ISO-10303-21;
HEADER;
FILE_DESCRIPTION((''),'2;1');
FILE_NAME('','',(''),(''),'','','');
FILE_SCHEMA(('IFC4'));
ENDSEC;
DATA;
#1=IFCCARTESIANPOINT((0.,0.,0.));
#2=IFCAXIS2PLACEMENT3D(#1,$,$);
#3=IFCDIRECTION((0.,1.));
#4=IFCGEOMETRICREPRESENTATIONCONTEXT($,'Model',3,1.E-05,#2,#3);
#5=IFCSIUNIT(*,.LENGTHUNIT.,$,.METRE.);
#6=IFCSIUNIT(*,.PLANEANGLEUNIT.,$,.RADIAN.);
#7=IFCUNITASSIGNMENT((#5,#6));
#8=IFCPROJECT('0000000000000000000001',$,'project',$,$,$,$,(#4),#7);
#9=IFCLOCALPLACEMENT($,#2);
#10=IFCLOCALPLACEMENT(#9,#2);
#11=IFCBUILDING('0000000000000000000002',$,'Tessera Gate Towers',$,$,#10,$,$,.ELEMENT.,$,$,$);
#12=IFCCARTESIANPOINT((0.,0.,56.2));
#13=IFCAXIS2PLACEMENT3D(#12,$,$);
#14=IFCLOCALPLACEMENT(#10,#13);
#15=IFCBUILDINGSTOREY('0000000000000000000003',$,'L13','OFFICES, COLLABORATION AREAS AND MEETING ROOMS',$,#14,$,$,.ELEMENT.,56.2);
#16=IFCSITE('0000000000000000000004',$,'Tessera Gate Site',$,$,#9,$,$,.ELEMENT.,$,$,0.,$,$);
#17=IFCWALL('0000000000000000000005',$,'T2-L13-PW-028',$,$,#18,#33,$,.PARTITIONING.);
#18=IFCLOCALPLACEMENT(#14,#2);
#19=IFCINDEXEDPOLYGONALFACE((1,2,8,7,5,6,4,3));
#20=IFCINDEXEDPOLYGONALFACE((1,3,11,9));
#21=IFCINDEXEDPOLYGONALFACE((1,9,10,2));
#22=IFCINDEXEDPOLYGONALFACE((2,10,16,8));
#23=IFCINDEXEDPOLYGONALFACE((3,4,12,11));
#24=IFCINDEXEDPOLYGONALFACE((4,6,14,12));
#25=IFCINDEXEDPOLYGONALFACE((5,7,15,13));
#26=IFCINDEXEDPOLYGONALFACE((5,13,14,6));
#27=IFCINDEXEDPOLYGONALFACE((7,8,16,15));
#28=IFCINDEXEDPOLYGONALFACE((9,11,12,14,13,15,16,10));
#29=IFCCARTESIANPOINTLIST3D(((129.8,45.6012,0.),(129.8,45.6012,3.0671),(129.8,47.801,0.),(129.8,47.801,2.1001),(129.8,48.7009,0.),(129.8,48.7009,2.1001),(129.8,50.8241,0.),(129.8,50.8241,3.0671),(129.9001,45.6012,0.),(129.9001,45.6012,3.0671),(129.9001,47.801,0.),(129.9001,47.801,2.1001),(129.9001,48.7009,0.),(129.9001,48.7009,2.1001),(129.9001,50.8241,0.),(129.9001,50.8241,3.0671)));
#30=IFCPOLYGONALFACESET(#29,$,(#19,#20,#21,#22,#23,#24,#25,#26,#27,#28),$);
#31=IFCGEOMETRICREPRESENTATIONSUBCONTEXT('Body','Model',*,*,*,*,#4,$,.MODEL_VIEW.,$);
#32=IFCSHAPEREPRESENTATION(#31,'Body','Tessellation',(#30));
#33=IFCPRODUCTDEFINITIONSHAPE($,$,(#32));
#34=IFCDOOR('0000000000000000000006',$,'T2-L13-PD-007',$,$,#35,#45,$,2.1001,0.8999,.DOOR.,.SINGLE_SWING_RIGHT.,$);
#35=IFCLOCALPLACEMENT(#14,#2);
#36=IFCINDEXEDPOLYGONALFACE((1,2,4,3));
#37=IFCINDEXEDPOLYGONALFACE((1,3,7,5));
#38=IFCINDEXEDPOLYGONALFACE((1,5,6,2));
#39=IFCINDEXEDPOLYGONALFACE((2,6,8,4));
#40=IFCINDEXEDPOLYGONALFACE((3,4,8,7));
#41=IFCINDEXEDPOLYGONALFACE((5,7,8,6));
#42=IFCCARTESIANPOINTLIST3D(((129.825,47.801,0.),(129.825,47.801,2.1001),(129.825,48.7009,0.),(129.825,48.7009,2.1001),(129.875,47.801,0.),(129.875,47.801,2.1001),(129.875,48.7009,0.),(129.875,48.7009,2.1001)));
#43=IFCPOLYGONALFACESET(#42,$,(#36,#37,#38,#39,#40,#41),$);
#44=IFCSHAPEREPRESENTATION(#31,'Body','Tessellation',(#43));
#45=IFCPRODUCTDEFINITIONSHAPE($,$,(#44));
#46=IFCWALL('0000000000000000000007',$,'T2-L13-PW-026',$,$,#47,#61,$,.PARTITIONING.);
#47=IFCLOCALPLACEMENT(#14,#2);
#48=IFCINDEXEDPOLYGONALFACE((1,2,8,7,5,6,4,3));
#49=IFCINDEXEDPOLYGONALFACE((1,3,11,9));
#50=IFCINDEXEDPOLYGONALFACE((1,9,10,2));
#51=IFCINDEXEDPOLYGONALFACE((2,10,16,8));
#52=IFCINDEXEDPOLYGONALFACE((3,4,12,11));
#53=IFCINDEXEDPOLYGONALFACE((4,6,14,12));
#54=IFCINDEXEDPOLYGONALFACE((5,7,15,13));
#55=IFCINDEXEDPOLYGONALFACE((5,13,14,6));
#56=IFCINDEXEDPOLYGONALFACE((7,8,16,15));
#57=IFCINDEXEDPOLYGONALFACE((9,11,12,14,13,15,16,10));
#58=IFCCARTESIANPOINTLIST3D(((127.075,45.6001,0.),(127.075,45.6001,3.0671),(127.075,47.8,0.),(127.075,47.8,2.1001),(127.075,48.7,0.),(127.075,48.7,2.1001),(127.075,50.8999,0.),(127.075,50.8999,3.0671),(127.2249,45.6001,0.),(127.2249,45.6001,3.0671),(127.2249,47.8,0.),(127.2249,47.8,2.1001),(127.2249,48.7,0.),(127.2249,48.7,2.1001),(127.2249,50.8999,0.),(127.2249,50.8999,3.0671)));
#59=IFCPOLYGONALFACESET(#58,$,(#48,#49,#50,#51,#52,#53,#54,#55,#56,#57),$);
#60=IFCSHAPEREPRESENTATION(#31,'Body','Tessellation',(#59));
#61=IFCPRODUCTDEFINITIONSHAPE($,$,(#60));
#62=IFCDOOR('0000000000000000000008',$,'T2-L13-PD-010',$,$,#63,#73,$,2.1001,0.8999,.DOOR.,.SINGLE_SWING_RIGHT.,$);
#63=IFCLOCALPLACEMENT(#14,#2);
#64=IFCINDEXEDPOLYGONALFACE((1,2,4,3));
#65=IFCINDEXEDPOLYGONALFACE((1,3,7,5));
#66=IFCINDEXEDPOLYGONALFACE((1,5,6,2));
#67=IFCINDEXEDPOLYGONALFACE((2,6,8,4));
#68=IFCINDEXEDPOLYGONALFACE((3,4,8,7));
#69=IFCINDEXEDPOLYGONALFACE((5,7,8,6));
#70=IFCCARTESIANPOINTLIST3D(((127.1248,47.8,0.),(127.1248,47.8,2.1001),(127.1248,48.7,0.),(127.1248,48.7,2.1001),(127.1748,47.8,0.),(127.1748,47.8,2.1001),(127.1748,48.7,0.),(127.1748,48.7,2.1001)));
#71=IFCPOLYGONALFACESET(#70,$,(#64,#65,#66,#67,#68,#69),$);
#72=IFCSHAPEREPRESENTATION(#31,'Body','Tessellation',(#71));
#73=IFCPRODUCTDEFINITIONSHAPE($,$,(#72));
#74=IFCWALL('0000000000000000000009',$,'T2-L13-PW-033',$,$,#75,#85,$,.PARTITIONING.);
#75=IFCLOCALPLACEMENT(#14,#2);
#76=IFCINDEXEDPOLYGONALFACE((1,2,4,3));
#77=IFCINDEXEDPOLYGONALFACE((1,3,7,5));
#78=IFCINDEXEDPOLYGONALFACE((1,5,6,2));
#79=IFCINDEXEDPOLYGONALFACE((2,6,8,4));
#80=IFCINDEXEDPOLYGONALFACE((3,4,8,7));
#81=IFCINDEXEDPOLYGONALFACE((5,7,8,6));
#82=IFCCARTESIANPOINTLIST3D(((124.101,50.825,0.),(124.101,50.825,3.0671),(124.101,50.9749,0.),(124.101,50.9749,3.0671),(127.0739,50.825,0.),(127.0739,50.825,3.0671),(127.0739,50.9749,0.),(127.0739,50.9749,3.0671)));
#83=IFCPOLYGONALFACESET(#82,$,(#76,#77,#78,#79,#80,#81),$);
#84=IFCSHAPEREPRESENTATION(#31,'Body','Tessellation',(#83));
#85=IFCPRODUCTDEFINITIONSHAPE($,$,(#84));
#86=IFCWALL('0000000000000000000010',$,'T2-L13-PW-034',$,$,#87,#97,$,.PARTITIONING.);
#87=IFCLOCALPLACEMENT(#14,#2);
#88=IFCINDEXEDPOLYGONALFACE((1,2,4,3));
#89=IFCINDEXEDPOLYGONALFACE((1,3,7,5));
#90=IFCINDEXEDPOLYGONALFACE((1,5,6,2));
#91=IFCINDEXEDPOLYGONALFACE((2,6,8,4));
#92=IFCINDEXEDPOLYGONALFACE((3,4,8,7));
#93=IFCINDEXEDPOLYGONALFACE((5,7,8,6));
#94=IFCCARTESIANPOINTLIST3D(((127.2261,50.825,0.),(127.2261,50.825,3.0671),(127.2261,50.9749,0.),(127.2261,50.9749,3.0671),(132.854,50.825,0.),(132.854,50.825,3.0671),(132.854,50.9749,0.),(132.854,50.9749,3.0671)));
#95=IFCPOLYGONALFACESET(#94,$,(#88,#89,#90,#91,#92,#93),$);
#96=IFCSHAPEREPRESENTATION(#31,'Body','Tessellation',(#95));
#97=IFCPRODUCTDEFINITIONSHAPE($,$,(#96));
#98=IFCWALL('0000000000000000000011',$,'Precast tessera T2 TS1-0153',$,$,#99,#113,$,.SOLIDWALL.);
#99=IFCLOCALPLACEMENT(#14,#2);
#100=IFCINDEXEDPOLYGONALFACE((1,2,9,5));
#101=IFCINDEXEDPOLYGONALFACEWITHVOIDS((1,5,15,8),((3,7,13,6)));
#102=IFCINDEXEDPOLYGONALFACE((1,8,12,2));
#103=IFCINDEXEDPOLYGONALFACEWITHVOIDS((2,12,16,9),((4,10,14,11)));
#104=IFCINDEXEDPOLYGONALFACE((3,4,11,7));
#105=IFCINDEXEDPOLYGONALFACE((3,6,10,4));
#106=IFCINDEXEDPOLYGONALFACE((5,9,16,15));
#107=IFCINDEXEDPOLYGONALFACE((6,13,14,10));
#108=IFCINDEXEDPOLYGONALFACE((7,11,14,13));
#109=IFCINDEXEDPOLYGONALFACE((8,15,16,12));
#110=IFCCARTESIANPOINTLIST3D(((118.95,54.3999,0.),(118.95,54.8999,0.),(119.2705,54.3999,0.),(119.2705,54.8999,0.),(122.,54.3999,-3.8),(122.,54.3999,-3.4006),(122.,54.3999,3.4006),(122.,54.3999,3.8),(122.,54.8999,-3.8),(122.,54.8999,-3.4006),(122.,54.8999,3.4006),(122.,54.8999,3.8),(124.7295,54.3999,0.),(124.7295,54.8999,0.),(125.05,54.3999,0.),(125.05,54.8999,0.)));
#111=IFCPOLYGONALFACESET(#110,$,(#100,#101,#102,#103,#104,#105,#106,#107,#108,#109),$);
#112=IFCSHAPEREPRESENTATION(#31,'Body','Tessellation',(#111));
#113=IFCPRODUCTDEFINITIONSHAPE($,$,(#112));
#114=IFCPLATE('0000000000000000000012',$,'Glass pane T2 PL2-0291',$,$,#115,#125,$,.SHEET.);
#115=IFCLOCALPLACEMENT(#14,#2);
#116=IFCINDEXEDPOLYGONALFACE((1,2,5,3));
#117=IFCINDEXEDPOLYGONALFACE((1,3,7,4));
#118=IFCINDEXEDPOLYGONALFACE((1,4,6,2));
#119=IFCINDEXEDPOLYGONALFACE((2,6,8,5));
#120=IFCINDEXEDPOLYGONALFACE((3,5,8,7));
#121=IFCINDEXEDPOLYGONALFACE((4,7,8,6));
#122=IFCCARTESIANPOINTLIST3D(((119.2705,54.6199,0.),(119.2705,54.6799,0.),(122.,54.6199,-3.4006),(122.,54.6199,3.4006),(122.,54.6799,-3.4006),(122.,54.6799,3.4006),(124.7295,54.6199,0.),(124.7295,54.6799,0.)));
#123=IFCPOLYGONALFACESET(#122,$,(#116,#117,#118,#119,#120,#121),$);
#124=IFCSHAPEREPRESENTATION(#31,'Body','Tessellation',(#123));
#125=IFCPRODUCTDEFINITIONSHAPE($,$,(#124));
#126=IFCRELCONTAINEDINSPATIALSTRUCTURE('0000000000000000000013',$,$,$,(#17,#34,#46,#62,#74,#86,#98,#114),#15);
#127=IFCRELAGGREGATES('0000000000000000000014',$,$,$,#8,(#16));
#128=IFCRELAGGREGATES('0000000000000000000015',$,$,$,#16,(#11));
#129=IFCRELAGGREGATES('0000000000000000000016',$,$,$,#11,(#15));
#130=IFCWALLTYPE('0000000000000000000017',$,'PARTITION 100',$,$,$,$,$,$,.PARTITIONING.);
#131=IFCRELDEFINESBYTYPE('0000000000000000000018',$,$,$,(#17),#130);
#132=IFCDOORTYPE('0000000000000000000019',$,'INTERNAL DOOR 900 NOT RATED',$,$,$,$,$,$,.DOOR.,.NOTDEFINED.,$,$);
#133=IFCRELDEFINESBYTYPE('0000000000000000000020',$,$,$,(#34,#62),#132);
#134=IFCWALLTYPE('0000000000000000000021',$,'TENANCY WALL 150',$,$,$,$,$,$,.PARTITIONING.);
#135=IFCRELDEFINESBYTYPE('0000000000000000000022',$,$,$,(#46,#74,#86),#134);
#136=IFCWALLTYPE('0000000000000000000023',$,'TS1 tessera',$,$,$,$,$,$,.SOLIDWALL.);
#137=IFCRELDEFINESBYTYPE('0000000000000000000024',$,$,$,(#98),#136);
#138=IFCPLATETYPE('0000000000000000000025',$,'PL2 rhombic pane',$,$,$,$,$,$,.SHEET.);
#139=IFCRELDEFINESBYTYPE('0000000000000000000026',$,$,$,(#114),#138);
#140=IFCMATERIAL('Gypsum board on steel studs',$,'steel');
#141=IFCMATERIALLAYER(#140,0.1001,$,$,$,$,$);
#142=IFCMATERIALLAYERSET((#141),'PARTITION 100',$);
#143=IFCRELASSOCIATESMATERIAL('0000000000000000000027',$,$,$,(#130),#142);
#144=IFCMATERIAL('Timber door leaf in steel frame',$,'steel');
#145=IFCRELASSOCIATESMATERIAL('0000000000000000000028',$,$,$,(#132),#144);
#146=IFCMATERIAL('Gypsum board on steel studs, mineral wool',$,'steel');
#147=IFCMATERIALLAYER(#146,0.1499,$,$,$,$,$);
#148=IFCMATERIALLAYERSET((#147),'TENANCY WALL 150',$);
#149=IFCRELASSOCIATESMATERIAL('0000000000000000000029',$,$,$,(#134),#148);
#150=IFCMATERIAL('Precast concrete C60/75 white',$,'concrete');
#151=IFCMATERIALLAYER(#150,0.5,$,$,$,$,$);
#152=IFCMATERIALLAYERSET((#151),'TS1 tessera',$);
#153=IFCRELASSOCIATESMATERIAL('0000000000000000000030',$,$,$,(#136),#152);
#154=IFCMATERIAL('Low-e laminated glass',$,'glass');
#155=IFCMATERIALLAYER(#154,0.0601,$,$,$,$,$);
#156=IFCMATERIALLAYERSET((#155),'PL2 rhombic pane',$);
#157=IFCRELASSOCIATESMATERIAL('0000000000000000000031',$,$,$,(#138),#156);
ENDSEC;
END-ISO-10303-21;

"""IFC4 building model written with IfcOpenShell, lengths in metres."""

from ifc_helpers import new_model, si_unit, direction, frame, frame_2d, origin, place, context, subcontext, project, spatial, polyline, rectangle, outline, extrude, source, transform, mapped, material, layer, layer_set, type_object, element, fill, save


model = new_model("IFC4")

# Units and contexts
model_context = context("Model", 3, precision=1e-05, world=origin(), true_north=direction((0.0, 1.0)))
body_context = subcontext(model_context, "Body", "Model", "MODEL_VIEW")
ifc_project = project(units=[si_unit("LENGTHUNIT", "METRE"), si_unit("PLANEANGLEUNIT", "RADIAN")], contexts=[model_context])

# Site, building, storey
site_placement = place(None, origin())
site = spatial("IfcSite", under=ifc_project, at=site_placement, Name="Tessera Gate Site", CompositionType="ELEMENT", RefElevation=0.0)
building_placement = place(site_placement, origin())
building = spatial("IfcBuilding", under=site, at=building_placement, Name="Tessera Gate Towers", CompositionType="ELEMENT")
storey_placement = place(building_placement, frame((0.0, 0.0, 56.2)))
storey = spatial("IfcBuildingStorey", under=building, at=storey_placement, Name="L13", Description="OFFICES, COLLABORATION AREAS AND MEETING ROOMS", CompositionType="ELEMENT", Elevation=56.2)

# Walls, openings, doors
ifc_material_1 = material(Name="Gypsum board on steel studs", Category="steel")
ifc_layer_1 = layer(ifc_material_1, 0.1001)
ifc_layer_set_1 = layer_set([ifc_layer_1], Name="PARTITION 100")
wall_type_1 = type_object("IfcWallType", Name="PARTITION 100", PredefinedType="PARTITIONING", material=ifc_layer_set_1)
wall_1_placement = place(storey_placement, frame((129.8501, 50.824, 0.0), z_axis=(0.0, 0.0, 1.0), x_axis=(0.0, -1.0, 0.0)))
wall_1 = element("IfcWall", 1, at=wall_1_placement, inside=storey, type_object=wall_type_1, Name="T2-L13-PW-028", PredefinedType="PARTITIONING", context=body_context, shape_type="SweptSolid", body=[
    extrude(rectangle(XDim=5.2229, YDim=0.1001, at=frame_2d((2.6113, 0.0))), origin(), (0.0, 0.0, 1.0), 3.0671),
])
shared_shape_1 = source(origin(), body_context, "Body", "SweptSolid", [
    extrude(rectangle(XDim=0.8999, YDim=2.1001, at=frame_2d((0.45, 1.05))), frame((0.0, 0.0601, 0.0), z_axis=(0.0, -1.0, 0.0), x_axis=(1.0, 0.0, 0.0)), (0.0, 0.0, 1.0), 0.1201),
])
opening_1_placement = place(wall_1_placement, frame((2.123, 0.0, 0.0)))
opening_1 = element("IfcOpeningElement", 2, at=opening_1_placement, cuts=wall_1, PredefinedType="OPENING", context=body_context, shape_type="MappedRepresentation", body=[
    mapped(shared_shape_1, transform((0.0, 0.0, 0.0), scale=1.0)),
])
ifc_material_2 = material(Name="Timber door leaf in steel frame", Category="steel")
door_type_1 = type_object("IfcDoorType", Name="INTERNAL DOOR 900 NOT RATED", OperationType="NOTDEFINED", PredefinedType="DOOR", material=ifc_material_2)
shared_shape_2 = source(origin(), body_context, "Body", "SweptSolid", [
    extrude(rectangle(XDim=0.8999, YDim=2.1001, at=frame_2d((0.45, 1.05))), frame((0.0, 0.0249, 0.0), z_axis=(0.0, -1.0, 0.0), x_axis=(1.0, 0.0, 0.0)), (0.0, 0.0, 1.0), 0.05),
])
door_1_placement = place(opening_1_placement, origin())
door_1 = element("IfcDoor", 3, at=door_1_placement, inside=storey, type_object=door_type_1, Name="T2-L13-PD-007", OperationType="SINGLE_SWING_RIGHT", OverallHeight=2.1001, OverallWidth=0.8999, PredefinedType="DOOR", context=body_context, shape_type="MappedRepresentation", body=[
    mapped(shared_shape_2, transform((0.0, 0.0, 0.0), scale=1.0)),
])
fill(opening_1, door_1)
ifc_material_3 = material(Name="Gypsum board on steel studs, mineral wool", Category="steel")
ifc_layer_2 = layer(ifc_material_3, 0.1499)
ifc_layer_set_2 = layer_set([ifc_layer_2], Name="TENANCY WALL 150")
wall_type_2 = type_object("IfcWallType", Name="TENANCY WALL 150", PredefinedType="PARTITIONING", material=ifc_layer_set_2)
wall_2_placement = place(storey_placement, frame((127.1499, 50.8999, 0.0), z_axis=(0.0, 0.0, 1.0), x_axis=(0.0, -1.0, 0.0)))
wall_2 = element("IfcWall", 4, at=wall_2_placement, inside=storey, type_object=wall_type_2, Name="T2-L13-PW-026", PredefinedType="PARTITIONING", context=body_context, shape_type="SweptSolid", body=[
    extrude(rectangle(XDim=5.2998, YDim=0.1499, at=frame_2d((2.6499, 0.0))), origin(), (0.0, 0.0, 1.0), 3.0671),
])
shared_shape_3 = source(origin(), body_context, "Body", "SweptSolid", [
    extrude(rectangle(XDim=0.8999, YDim=2.1001, at=frame_2d((0.45, 1.05))), frame((0.0, 0.085, 0.0), z_axis=(0.0, -1.0, 0.0), x_axis=(1.0, 0.0, 0.0)), (0.0, 0.0, 1.0), 0.1699),
])
opening_2_placement = place(wall_2_placement, frame((2.2, 0.0, 0.0)))
opening_2 = element("IfcOpeningElement", 5, at=opening_2_placement, cuts=wall_2, PredefinedType="OPENING", context=body_context, shape_type="MappedRepresentation", body=[
    mapped(shared_shape_3, transform((0.0, 0.0, 0.0), scale=1.0)),
])
door_2_placement = place(opening_2_placement, origin())
door_2 = element("IfcDoor", 6, at=door_2_placement, inside=storey, type_object=door_type_1, Name="T2-L13-PD-010", OperationType="SINGLE_SWING_RIGHT", OverallHeight=2.1001, OverallWidth=0.8999, PredefinedType="DOOR", context=body_context, shape_type="MappedRepresentation", body=[
    mapped(shared_shape_2, transform((0.0, 0.0, 0.0), scale=1.0)),
])
fill(opening_2, door_2)

# Walls
wall_3_placement = place(storey_placement, frame((124.1011, 50.8999, 0.0), z_axis=(0.0, 0.0, 1.0), x_axis=(1.0, 0.0, 0.0)))
element("IfcWall", 7, at=wall_3_placement, inside=storey, type_object=wall_type_2, Name="T2-L13-PW-033", PredefinedType="PARTITIONING", context=body_context, shape_type="SweptSolid", body=[
    extrude(rectangle(XDim=2.9729, YDim=0.1499, at=frame_2d((1.4863, 0.0))), origin(), (0.0, 0.0, 1.0), 3.0671),
])
wall_4_placement = place(storey_placement, frame((127.2261, 50.8999, 0.0), z_axis=(0.0, 0.0, 1.0), x_axis=(1.0, 0.0, 0.0)))
element("IfcWall", 8, at=wall_4_placement, inside=storey, type_object=wall_type_2, Name="T2-L13-PW-034", PredefinedType="PARTITIONING", context=body_context, shape_type="SweptSolid", body=[
    extrude(rectangle(XDim=5.6279, YDim=0.1499, at=frame_2d((2.814, 0.0))), origin(), (0.0, 0.0, 1.0), 3.0671),
])

# Wall, opening, plate
ifc_material_4 = material(Name="Precast concrete C60/75 white", Category="concrete")
ifc_layer_3 = layer(ifc_material_4, 0.5)
ifc_layer_set_3 = layer_set([ifc_layer_3], Name="TS1 tessera")
wall_type_3 = type_object("IfcWallType", Name="TS1 tessera", PredefinedType="SOLIDWALL", material=ifc_layer_set_3)
shared_shape_4 = source(origin(), body_context, "Body", "SweptSolid", [
    extrude(outline(polyline([(3.05, 0.0), (6.1001, 3.8), (3.05, 7.6001), (0.0, 3.8), (3.05, 0.0)])), frame((0.0, 0.25, 0.0), z_axis=(0.0, -1.0, 0.0), x_axis=(1.0, 0.0, 0.0)), (0.0, 0.0, 1.0), 0.5),
])
wall_5_placement = place(storey_placement, frame((125.05, 54.6499, -3.8), z_axis=(0.0, 0.0, 1.0), x_axis=(-1.0, 0.0, 0.0)))
wall_5 = element("IfcWall", 9, at=wall_5_placement, inside=storey, type_object=wall_type_3, Name="Precast tessera T2 TS1-0153", PredefinedType="SOLIDWALL", context=body_context, shape_type="MappedRepresentation", body=[
    mapped(shared_shape_4, transform((0.0, 0.0, 0.0), scale=1.0)),
])
shared_shape_5 = source(origin(), body_context, "Body", "SweptSolid", [
    extrude(outline(polyline([(3.05, 0.3994), (5.7795, 3.8), (3.05, 7.2007), (0.3206, 3.8), (3.05, 0.3994)])), frame((0.0, 0.26, 0.0), z_axis=(0.0, -1.0, 0.0), x_axis=(1.0, 0.0, 0.0)), (0.0, 0.0, 1.0), 0.52),
])
opening_3_placement = place(wall_5_placement, origin())
opening_3 = element("IfcOpeningElement", 10, at=opening_3_placement, cuts=wall_5, PredefinedType="OPENING", context=body_context, shape_type="MappedRepresentation", body=[
    mapped(shared_shape_5, transform((0.0, 0.0, 0.0), scale=1.0)),
])
ifc_material_5 = material(Name="Low-e laminated glass", Category="glass")
ifc_layer_4 = layer(ifc_material_5, 0.0601)
ifc_layer_set_4 = layer_set([ifc_layer_4], Name="PL2 rhombic pane")
plate_type = type_object("IfcPlateType", Name="PL2 rhombic pane", PredefinedType="SHEET", material=ifc_layer_set_4)
shared_shape_6 = source(origin(), body_context, "Body", "SweptSolid", [
    extrude(outline(polyline([(3.05, 0.3994), (5.7795, 3.8), (3.05, 7.2007), (0.3206, 3.8), (3.05, 0.3994)])), frame((0.0, 0.03, 0.0), z_axis=(0.0, -1.0, 0.0), x_axis=(1.0, 0.0, 0.0)), (0.0, 0.0, 1.0), 0.0601),
])
plate_placement = place(opening_3_placement, origin())
plate = element("IfcPlate", 11, at=plate_placement, inside=storey, type_object=plate_type, Name="Glass pane T2 PL2-0291", PredefinedType="SHEET", context=body_context, shape_type="MappedRepresentation", body=[
    mapped(shared_shape_6, transform((0.0, 0.0, 0.0), scale=1.0)),
])
fill(opening_3, plate)

save(model, "model.ifc")
